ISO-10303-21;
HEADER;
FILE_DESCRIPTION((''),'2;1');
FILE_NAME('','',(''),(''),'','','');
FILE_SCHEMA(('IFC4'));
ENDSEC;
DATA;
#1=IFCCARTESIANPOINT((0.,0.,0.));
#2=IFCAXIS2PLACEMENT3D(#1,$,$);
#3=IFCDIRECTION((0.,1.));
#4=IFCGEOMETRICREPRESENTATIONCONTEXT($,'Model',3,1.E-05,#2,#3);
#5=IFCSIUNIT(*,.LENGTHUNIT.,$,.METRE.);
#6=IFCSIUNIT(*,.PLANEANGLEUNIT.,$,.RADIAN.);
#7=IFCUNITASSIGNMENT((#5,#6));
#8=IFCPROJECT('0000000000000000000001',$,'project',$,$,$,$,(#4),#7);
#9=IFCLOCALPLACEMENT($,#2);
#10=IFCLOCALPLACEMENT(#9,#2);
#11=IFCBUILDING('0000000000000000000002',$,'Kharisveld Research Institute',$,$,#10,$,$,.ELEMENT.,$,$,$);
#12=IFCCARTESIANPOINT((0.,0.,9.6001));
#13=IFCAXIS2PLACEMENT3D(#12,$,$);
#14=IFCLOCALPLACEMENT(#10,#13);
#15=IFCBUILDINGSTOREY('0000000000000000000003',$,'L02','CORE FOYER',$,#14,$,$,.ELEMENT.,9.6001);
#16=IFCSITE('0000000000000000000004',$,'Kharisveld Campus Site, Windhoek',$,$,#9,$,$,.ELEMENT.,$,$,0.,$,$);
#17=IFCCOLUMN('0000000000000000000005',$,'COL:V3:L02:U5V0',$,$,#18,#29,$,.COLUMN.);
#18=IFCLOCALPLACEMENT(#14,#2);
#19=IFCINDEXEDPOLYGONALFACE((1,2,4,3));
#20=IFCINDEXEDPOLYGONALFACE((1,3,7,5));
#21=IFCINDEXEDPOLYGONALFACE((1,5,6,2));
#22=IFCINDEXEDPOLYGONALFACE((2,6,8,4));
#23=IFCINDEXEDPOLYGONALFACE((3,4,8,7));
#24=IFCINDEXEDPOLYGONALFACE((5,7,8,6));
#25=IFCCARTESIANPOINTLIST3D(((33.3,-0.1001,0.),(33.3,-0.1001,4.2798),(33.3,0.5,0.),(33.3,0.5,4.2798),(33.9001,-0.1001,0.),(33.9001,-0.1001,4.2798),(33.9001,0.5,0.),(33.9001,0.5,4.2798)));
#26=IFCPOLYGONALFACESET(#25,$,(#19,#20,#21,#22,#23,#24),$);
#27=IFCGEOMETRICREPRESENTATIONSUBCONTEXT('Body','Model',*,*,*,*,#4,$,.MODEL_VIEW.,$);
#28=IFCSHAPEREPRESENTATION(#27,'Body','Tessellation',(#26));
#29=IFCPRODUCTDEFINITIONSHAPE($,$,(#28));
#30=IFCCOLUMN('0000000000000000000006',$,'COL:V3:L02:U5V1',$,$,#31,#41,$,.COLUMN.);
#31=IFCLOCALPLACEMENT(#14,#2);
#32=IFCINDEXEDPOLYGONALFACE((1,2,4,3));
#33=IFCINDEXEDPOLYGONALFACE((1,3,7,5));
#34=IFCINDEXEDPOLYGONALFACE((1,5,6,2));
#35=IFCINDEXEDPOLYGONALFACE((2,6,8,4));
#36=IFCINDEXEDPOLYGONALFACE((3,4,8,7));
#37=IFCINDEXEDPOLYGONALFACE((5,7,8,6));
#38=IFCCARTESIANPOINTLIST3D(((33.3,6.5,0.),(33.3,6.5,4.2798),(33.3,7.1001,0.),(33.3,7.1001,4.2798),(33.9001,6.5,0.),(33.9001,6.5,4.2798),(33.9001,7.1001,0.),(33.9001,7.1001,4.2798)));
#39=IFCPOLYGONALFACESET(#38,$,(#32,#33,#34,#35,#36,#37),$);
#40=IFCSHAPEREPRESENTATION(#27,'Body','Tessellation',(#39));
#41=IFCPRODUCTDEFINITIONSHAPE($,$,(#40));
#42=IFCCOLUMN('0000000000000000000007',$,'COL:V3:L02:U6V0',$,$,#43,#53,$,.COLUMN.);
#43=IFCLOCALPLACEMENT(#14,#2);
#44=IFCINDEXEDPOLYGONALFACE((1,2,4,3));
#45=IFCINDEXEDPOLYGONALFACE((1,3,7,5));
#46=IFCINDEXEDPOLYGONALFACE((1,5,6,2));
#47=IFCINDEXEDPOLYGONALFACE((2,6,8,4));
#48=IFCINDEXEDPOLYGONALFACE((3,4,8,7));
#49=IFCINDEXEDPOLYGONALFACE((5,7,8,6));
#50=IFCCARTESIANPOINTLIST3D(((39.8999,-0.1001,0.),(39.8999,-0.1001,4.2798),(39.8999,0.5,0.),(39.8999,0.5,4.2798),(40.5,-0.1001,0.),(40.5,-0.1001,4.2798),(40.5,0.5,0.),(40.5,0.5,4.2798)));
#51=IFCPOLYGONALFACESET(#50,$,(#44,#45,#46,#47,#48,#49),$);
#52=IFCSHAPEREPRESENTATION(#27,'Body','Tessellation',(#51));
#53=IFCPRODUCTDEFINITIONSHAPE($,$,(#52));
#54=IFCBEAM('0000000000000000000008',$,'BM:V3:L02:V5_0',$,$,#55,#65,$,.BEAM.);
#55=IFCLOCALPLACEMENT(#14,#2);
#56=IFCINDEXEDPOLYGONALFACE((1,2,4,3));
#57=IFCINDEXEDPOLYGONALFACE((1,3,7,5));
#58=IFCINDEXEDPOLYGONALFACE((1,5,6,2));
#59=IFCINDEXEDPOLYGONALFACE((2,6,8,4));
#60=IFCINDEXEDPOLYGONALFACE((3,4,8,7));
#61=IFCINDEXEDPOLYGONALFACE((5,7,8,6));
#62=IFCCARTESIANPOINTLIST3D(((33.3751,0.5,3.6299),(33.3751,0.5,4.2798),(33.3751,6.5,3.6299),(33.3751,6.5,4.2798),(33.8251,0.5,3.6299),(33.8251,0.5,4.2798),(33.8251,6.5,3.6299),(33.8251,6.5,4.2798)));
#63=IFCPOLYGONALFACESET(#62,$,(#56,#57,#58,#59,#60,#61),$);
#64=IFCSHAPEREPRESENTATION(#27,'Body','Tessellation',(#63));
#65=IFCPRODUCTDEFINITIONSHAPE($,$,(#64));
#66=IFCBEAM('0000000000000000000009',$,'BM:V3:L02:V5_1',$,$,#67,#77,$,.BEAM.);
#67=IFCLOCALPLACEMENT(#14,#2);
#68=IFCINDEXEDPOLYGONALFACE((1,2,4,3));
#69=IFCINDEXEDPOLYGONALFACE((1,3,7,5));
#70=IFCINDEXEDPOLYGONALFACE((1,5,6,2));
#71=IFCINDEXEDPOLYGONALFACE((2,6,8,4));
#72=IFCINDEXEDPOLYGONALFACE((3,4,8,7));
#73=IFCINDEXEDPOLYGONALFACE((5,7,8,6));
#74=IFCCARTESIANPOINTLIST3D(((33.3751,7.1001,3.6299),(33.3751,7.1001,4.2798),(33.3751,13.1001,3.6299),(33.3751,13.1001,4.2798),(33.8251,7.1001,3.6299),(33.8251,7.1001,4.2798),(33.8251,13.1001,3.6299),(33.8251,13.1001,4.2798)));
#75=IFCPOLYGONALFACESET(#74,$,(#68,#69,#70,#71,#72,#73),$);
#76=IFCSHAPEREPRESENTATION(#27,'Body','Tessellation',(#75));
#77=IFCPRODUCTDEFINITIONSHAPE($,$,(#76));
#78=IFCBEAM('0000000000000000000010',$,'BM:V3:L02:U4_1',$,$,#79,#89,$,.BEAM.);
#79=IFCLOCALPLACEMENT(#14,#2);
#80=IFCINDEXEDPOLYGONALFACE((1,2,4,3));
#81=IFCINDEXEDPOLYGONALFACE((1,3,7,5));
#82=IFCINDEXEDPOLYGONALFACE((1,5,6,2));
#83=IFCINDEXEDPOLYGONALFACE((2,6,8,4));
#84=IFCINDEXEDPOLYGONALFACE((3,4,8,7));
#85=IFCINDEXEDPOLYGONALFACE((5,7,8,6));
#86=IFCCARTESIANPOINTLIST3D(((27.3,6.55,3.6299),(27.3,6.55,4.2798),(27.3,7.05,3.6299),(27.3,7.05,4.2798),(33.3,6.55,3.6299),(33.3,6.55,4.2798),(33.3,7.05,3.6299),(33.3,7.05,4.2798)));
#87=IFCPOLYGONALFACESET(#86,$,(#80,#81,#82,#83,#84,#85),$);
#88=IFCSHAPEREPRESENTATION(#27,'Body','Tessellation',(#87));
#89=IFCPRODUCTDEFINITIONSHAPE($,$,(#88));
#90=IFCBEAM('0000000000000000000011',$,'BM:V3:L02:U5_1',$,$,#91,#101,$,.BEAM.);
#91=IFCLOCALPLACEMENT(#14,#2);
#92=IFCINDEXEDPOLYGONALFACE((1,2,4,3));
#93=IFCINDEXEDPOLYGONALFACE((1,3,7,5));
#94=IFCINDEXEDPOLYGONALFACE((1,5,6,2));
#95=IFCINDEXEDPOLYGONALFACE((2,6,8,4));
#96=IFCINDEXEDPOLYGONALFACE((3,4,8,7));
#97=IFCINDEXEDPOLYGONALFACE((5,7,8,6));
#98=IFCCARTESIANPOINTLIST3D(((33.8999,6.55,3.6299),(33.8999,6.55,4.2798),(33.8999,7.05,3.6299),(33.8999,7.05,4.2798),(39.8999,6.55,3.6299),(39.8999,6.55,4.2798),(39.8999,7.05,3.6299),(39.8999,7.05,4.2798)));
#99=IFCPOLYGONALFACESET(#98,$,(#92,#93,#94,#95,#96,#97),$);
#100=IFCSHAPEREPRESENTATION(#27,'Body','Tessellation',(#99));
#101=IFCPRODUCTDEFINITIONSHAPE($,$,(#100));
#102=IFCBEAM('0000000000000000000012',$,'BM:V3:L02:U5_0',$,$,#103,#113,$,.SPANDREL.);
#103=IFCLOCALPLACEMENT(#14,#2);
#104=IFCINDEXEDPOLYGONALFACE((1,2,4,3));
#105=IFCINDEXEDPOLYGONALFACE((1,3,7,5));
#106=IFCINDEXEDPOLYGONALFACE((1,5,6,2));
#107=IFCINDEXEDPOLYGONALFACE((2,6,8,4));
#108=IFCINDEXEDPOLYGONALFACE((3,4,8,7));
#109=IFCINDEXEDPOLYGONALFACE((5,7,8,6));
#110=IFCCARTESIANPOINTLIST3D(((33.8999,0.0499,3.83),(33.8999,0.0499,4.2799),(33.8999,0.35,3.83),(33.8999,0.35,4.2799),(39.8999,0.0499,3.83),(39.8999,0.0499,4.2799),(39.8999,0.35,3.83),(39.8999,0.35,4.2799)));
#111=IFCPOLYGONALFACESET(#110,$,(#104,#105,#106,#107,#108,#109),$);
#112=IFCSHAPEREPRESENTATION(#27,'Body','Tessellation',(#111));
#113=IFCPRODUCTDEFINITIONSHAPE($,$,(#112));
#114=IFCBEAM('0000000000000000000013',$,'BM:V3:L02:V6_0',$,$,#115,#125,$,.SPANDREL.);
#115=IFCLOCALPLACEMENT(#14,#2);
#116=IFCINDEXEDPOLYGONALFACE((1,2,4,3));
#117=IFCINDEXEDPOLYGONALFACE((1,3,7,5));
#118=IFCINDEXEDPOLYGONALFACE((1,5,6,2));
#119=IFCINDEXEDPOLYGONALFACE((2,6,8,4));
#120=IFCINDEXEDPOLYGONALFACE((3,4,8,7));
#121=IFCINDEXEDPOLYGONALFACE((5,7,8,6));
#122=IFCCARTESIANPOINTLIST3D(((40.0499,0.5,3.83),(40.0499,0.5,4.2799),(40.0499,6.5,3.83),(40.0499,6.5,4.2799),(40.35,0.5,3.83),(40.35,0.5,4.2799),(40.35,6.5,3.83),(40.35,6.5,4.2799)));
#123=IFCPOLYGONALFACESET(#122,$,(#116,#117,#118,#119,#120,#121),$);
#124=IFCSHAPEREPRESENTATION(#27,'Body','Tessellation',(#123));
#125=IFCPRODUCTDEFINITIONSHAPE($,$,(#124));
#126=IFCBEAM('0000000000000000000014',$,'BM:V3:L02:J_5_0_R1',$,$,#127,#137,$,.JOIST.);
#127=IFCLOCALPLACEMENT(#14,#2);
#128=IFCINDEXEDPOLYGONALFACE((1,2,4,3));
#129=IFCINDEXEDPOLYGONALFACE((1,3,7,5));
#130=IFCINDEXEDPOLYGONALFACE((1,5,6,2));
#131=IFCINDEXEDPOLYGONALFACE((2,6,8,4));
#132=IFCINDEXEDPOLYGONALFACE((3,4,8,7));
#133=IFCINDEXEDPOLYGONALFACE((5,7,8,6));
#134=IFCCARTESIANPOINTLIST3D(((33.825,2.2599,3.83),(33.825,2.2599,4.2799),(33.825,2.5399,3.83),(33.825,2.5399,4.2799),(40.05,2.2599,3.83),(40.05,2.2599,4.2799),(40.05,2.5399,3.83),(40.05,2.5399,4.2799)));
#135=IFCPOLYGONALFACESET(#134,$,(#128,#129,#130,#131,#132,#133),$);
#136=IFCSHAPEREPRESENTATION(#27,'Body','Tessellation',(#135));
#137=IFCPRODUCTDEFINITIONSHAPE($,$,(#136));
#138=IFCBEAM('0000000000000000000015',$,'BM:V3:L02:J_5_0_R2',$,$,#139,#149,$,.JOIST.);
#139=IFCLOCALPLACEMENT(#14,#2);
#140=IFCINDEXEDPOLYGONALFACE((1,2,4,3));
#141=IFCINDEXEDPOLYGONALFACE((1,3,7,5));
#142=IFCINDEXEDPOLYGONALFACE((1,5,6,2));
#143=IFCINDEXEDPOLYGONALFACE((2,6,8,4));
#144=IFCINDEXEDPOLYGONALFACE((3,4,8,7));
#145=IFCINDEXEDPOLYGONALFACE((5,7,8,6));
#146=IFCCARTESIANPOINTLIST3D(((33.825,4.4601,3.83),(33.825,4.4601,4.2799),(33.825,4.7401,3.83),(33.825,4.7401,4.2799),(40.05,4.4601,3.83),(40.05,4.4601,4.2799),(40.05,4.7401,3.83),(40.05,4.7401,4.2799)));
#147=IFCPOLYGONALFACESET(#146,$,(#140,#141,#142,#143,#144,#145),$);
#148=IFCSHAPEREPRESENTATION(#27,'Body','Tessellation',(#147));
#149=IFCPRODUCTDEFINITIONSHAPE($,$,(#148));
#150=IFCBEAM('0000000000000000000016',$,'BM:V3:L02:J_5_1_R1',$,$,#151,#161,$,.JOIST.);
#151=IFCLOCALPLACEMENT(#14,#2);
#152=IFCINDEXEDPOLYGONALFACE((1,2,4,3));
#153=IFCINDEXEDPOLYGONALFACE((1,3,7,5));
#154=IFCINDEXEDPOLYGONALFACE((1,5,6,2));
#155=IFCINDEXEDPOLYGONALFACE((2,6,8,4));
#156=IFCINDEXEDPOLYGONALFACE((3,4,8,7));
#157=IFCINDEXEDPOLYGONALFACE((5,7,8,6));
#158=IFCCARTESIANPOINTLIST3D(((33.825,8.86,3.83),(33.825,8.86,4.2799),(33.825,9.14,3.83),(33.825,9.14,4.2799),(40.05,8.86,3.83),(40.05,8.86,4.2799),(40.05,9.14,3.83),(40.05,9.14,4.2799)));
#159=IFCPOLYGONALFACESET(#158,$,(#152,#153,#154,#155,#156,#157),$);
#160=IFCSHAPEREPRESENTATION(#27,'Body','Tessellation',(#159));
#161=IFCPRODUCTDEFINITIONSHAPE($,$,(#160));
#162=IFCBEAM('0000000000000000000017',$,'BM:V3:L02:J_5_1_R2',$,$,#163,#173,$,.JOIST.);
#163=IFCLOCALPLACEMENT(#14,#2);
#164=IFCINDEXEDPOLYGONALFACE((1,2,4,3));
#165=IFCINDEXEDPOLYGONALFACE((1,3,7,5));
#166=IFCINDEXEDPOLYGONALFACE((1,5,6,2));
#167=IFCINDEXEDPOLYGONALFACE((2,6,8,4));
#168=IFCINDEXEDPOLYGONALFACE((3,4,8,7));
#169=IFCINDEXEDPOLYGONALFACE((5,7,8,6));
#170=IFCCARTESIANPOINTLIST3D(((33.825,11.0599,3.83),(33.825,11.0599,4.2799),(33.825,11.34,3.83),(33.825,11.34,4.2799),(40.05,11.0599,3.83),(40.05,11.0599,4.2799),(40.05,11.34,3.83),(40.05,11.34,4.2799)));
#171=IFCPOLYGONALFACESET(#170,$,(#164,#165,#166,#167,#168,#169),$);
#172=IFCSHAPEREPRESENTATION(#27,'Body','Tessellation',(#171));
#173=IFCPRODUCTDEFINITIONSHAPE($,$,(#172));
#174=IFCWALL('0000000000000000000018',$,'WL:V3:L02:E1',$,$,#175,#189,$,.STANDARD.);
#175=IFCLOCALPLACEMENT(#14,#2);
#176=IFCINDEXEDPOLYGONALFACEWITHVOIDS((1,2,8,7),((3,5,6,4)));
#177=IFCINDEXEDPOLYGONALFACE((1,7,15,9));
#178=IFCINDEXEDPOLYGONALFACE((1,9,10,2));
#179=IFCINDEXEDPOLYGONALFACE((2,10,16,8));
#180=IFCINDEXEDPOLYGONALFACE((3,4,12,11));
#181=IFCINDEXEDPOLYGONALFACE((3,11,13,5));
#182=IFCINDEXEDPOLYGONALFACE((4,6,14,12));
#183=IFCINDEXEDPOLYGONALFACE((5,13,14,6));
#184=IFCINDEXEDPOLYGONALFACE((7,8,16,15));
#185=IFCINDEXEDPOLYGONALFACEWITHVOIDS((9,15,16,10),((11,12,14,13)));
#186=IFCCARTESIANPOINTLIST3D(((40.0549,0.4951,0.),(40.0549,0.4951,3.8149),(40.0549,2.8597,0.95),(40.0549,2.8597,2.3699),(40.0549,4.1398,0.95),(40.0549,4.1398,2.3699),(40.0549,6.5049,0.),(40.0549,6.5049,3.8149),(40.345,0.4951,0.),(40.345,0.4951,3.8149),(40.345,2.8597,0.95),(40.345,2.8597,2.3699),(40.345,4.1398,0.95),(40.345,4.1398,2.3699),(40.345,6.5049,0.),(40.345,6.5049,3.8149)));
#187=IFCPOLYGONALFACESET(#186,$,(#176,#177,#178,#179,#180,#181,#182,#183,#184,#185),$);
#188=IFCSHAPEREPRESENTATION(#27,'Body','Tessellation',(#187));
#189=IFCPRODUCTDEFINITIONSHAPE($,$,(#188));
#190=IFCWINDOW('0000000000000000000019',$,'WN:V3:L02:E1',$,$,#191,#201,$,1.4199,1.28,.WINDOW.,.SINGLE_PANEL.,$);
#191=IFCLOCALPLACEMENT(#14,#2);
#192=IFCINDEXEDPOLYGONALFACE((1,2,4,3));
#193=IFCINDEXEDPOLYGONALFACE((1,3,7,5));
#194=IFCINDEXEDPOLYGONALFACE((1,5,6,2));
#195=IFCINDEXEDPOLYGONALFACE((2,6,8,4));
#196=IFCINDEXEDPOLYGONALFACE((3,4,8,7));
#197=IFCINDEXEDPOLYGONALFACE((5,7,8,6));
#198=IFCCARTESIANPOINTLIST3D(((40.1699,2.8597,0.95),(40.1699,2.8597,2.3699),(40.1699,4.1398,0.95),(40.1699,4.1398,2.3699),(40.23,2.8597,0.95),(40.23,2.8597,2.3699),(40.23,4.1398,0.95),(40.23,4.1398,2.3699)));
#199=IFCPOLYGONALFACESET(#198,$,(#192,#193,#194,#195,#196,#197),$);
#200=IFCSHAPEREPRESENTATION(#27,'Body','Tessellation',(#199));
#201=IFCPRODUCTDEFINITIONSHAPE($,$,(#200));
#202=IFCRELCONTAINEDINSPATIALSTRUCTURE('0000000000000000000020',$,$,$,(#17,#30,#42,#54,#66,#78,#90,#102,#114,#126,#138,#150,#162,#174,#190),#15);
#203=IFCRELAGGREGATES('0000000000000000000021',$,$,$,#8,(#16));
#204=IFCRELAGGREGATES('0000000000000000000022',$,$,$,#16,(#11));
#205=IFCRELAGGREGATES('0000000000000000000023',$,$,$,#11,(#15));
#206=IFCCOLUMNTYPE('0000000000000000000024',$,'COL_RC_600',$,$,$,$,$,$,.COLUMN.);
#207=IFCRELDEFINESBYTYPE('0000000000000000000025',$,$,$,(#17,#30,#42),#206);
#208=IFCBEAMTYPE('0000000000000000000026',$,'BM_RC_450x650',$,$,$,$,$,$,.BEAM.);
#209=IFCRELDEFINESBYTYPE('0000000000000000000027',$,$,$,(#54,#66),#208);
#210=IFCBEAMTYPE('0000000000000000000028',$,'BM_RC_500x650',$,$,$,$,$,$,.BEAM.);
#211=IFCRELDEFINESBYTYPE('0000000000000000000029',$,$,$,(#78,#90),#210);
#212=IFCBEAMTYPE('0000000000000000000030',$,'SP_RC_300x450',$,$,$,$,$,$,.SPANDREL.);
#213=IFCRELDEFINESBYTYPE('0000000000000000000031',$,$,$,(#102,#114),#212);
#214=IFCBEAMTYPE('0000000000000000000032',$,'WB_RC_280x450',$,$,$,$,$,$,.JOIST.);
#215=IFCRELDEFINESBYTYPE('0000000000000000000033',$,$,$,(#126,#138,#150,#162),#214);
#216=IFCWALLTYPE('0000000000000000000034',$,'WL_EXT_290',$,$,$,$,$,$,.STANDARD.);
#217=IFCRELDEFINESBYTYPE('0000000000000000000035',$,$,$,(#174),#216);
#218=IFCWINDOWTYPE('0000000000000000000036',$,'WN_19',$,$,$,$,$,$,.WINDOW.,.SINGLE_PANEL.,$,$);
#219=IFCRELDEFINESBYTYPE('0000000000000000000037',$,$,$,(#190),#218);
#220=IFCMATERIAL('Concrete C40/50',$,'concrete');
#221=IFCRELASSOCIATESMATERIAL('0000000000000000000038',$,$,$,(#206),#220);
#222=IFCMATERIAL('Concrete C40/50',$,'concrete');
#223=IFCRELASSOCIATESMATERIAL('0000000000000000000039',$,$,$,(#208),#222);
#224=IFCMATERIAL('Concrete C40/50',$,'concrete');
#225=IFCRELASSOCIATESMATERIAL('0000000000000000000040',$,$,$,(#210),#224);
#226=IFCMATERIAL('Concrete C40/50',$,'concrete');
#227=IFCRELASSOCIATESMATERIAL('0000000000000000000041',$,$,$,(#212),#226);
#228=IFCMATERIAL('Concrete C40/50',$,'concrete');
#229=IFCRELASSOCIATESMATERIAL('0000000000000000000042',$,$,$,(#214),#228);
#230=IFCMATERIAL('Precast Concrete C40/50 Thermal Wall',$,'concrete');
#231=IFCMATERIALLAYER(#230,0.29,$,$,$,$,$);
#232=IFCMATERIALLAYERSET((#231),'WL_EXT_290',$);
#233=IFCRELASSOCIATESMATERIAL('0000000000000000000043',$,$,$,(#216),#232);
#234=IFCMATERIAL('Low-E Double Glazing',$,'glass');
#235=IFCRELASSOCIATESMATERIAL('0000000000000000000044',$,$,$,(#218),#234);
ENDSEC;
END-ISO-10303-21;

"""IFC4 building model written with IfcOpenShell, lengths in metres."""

from ifc_helpers import new_model, si_unit, direction, frame, frame_2d, origin, origin_2d, place, context, subcontext, project, spatial, rectangle, extrude, material, layer, layer_set, material_profile, profile_set, type_object, element, fill, save


model = new_model("IFC4")

# Units and contexts
model_context = context("Model", 3, precision=1e-05, world=origin(), true_north=direction((0.0, 1.0)))
body_context = subcontext(model_context, "Body", "Model", "MODEL_VIEW")
ifc_project = project(units=[si_unit("LENGTHUNIT", "METRE"), si_unit("PLANEANGLEUNIT", "RADIAN")], contexts=[model_context])

# Site, building, storey
site_placement = place(None, origin())
site = spatial("IfcSite", under=ifc_project, at=site_placement, Name="Kharisveld Campus Site, Windhoek", CompositionType="ELEMENT", RefElevation=0.0)
building_placement = place(site_placement, origin())
building = spatial("IfcBuilding", under=site, at=building_placement, Name="Kharisveld Research Institute", CompositionType="ELEMENT")
storey_placement = place(building_placement, frame((0.0, 0.0, 9.6001)))
storey = spatial("IfcBuildingStorey", under=building, at=storey_placement, Name="L02", Description="CORE FOYER", CompositionType="ELEMENT", Elevation=9.6001)

# Columns
ifc_material_1 = material(Name="Concrete C40/50", Category="concrete")
ifc_material_profile_1 = material_profile(ifc_material_1, rectangle(XDim=0.6001, YDim=0.6001, at=origin_2d()))
ifc_profile_set_1 = profile_set([ifc_material_profile_1], Name="Concrete C40/50")
column_type = type_object("IfcColumnType", Name="COL_RC_600", PredefinedType="COLUMN", material=ifc_profile_set_1)
for number, where, z_axis, x_axis, name in (
    (1, (33.6001, 0.2, 0.0), (0.0, 0.0, 1.0), (1.0, 0.0, 0.0), "COL:V3:L02:U5V0"),
    (2, (33.6001, 6.8, 0.0), (0.0, 0.0, 1.0), (1.0, 0.0, 0.0), "COL:V3:L02:U5V1"),
    (3, (40.2, 0.2, 0.0), (0.0, 0.0, 1.0), (1.0, 0.0, 0.0), "COL:V3:L02:U6V0"),
):
    element("IfcColumn", number, at=place(storey_placement, frame(where, z_axis=z_axis, x_axis=x_axis)), inside=storey, type_object=column_type, Name=name, PredefinedType="COLUMN", context=body_context, shape_type="SweptSolid", body=[
        extrude(rectangle(XDim=0.6001, YDim=0.6001, at=origin_2d()), origin(), (0.0, 0.0, 1.0), 4.2798),
    ])

# Beams
ifc_material_2 = material(Name="Concrete C40/50", Category="concrete")
ifc_material_profile_2 = material_profile(ifc_material_2, rectangle(XDim=0.45, YDim=0.6499, at=origin_2d()))
ifc_profile_set_2 = profile_set([ifc_material_profile_2], Name="Concrete C40/50")
beam_type_1 = type_object("IfcBeamType", Name="BM_RC_450x650", PredefinedType="BEAM", material=ifc_profile_set_2)
for number, where, z_axis, x_axis, name in (
    (4, (33.6001, 0.5, 3.9548), (0.0, 1.0, 0.0), (-1.0, 0.0, 0.0), "BM:V3:L02:V5_0"),
    (5, (33.6001, 7.1001, 3.9548), (0.0, 1.0, 0.0), (-1.0, 0.0, 0.0), "BM:V3:L02:V5_1"),
):
    element("IfcBeam", number, at=place(storey_placement, frame(where, z_axis=z_axis, x_axis=x_axis)), inside=storey, type_object=beam_type_1, Name=name, PredefinedType="BEAM", context=body_context, shape_type="SweptSolid", body=[
        extrude(rectangle(XDim=0.45, YDim=0.6499, at=origin_2d()), origin(), (0.0, 0.0, 1.0), 6.0),
    ])
ifc_material_3 = material(Name="Concrete C40/50", Category="concrete")
ifc_material_profile_3 = material_profile(ifc_material_3, rectangle(XDim=0.5, YDim=0.6499, at=origin_2d()))
ifc_profile_set_3 = profile_set([ifc_material_profile_3], Name="Concrete C40/50")
beam_type_2 = type_object("IfcBeamType", Name="BM_RC_500x650", PredefinedType="BEAM", material=ifc_profile_set_3)
for number, where, z_axis, x_axis, name in (
    (6, (27.3, 6.8, 3.9548), (1.0, 0.0, 0.0), (0.0, 1.0, 0.0), "BM:V3:L02:U4_1"),
    (7, (33.8999, 6.8, 3.9548), (1.0, 0.0, 0.0), (0.0, 1.0, 0.0), "BM:V3:L02:U5_1"),
):
    element("IfcBeam", number, at=place(storey_placement, frame(where, z_axis=z_axis, x_axis=x_axis)), inside=storey, type_object=beam_type_2, Name=name, PredefinedType="BEAM", context=body_context, shape_type="SweptSolid", body=[
        extrude(rectangle(XDim=0.5, YDim=0.6499, at=origin_2d()), origin(), (0.0, 0.0, 1.0), 6.0),
    ])
ifc_material_4 = material(Name="Concrete C40/50", Category="concrete")
ifc_material_profile_4 = material_profile(ifc_material_4, rectangle(XDim=0.3, YDim=0.45, at=origin_2d()))
ifc_profile_set_4 = profile_set([ifc_material_profile_4], Name="Concrete C40/50")
beam_type_3 = type_object("IfcBeamType", Name="SP_RC_300x450", PredefinedType="SPANDREL", material=ifc_profile_set_4)
for number, where, z_axis, x_axis, name in (
    (8, (33.8999, 0.2, 4.0549), (1.0, 0.0, 0.0), (0.0, 1.0, 0.0), "BM:V3:L02:U5_0"),
    (9, (40.2, 0.5, 4.0549), (0.0, 1.0, 0.0), (-1.0, 0.0, 0.0), "BM:V3:L02:V6_0"),
):
    element("IfcBeam", number, at=place(storey_placement, frame(where, z_axis=z_axis, x_axis=x_axis)), inside=storey, type_object=beam_type_3, Name=name, PredefinedType="SPANDREL", context=body_context, shape_type="SweptSolid", body=[
        extrude(rectangle(XDim=0.3, YDim=0.45, at=origin_2d()), origin(), (0.0, 0.0, 1.0), 6.0),
    ])
ifc_material_5 = material(Name="Concrete C40/50", Category="concrete")
ifc_material_profile_5 = material_profile(ifc_material_5, rectangle(XDim=0.28, YDim=0.45, at=origin_2d()))
ifc_profile_set_5 = profile_set([ifc_material_profile_5], Name="Concrete C40/50")
beam_type_4 = type_object("IfcBeamType", Name="WB_RC_280x450", PredefinedType="JOIST", material=ifc_profile_set_5)
for number, where, z_axis, x_axis, name in (
    (10, (33.825, 2.3999, 4.0549), (1.0, 0.0, 0.0), (0.0, 1.0, 0.0), "BM:V3:L02:J_5_0_R1"),
    (11, (33.825, 4.6001, 4.0549), (1.0, 0.0, 0.0), (0.0, 1.0, 0.0), "BM:V3:L02:J_5_0_R2"),
    (12, (33.825, 9.0, 4.0549), (1.0, 0.0, 0.0), (0.0, 1.0, 0.0), "BM:V3:L02:J_5_1_R1"),
    (13, (33.825, 11.2, 4.0549), (1.0, 0.0, 0.0), (0.0, 1.0, 0.0), "BM:V3:L02:J_5_1_R2"),
):
    element("IfcBeam", number, at=place(storey_placement, frame(where, z_axis=z_axis, x_axis=x_axis)), inside=storey, type_object=beam_type_4, Name=name, PredefinedType="JOIST", context=body_context, shape_type="SweptSolid", body=[
        extrude(rectangle(XDim=0.28, YDim=0.45, at=origin_2d()), origin(), (0.0, 0.0, 1.0), 6.2251),
    ])

# Wall, opening, window
ifc_material_6 = material(Name="Precast Concrete C40/50 Thermal Wall", Category="concrete")
ifc_layer_1 = layer(ifc_material_6, 0.29)
ifc_layer_set_1 = layer_set([ifc_layer_1], Name="WL_EXT_290")
wall_type_1 = type_object("IfcWallType", Name="WL_EXT_290", PredefinedType="STANDARD", material=ifc_layer_set_1)
wall_1_placement = place(storey_placement, frame((40.2, 6.5049, 0.0), z_axis=(0.0, 0.0, 1.0), x_axis=(0.0, -1.0, 0.0)))
wall_1 = element("IfcWall", 14, at=wall_1_placement, inside=storey, type_object=wall_type_1, Name="WL:V3:L02:E1", PredefinedType="STANDARD", context=body_context, shape_type="SweptSolid", body=[
    extrude(rectangle(XDim=6.0098, YDim=0.29, at=frame_2d((3.0049, 0.0))), origin(), (0.0, 0.0, 1.0), 3.8149),
])
opening_1_placement = place(wall_1_placement, frame((2.365, 0.0, 0.95)))
opening_1 = element("IfcOpeningElement", 15, at=opening_1_placement, cuts=wall_1, PredefinedType="OPENING", context=body_context, shape_type="SweptSolid", body=[
    extrude(rectangle(XDim=1.28, YDim=1.4199, at=frame_2d((0.6401, 0.71))), frame((0.0, 0.145, 0.0), z_axis=(0.0, -1.0, 0.0), x_axis=(1.0, 0.0, 0.0)), (0.0, 0.0, 1.0), 0.29),
])
ifc_material_7 = material(Name="Low-E Double Glazing", Category="glass")
window_type_1 = type_object("IfcWindowType", Name="WN_19", PartitioningType="SINGLE_PANEL", PredefinedType="WINDOW", material=ifc_material_7)
window_1_placement = place(opening_1_placement, origin())
window_1 = element("IfcWindow", 16, at=window_1_placement, inside=storey, type_object=window_type_1, Name="WN:V3:L02:E1", OverallHeight=1.4199, OverallWidth=1.28, PartitioningType="SINGLE_PANEL", PredefinedType="WINDOW", context=body_context, shape_type="SweptSolid", body=[
    extrude(rectangle(XDim=1.28, YDim=1.4199, at=frame_2d((0.6401, 0.71))), frame((0.0, 0.03, 0.0), z_axis=(0.0, -1.0, 0.0), x_axis=(1.0, 0.0, 0.0)), (0.0, 0.0, 1.0), 0.0601),
])
fill(opening_1, window_1)

save(model, "model.ifc")
